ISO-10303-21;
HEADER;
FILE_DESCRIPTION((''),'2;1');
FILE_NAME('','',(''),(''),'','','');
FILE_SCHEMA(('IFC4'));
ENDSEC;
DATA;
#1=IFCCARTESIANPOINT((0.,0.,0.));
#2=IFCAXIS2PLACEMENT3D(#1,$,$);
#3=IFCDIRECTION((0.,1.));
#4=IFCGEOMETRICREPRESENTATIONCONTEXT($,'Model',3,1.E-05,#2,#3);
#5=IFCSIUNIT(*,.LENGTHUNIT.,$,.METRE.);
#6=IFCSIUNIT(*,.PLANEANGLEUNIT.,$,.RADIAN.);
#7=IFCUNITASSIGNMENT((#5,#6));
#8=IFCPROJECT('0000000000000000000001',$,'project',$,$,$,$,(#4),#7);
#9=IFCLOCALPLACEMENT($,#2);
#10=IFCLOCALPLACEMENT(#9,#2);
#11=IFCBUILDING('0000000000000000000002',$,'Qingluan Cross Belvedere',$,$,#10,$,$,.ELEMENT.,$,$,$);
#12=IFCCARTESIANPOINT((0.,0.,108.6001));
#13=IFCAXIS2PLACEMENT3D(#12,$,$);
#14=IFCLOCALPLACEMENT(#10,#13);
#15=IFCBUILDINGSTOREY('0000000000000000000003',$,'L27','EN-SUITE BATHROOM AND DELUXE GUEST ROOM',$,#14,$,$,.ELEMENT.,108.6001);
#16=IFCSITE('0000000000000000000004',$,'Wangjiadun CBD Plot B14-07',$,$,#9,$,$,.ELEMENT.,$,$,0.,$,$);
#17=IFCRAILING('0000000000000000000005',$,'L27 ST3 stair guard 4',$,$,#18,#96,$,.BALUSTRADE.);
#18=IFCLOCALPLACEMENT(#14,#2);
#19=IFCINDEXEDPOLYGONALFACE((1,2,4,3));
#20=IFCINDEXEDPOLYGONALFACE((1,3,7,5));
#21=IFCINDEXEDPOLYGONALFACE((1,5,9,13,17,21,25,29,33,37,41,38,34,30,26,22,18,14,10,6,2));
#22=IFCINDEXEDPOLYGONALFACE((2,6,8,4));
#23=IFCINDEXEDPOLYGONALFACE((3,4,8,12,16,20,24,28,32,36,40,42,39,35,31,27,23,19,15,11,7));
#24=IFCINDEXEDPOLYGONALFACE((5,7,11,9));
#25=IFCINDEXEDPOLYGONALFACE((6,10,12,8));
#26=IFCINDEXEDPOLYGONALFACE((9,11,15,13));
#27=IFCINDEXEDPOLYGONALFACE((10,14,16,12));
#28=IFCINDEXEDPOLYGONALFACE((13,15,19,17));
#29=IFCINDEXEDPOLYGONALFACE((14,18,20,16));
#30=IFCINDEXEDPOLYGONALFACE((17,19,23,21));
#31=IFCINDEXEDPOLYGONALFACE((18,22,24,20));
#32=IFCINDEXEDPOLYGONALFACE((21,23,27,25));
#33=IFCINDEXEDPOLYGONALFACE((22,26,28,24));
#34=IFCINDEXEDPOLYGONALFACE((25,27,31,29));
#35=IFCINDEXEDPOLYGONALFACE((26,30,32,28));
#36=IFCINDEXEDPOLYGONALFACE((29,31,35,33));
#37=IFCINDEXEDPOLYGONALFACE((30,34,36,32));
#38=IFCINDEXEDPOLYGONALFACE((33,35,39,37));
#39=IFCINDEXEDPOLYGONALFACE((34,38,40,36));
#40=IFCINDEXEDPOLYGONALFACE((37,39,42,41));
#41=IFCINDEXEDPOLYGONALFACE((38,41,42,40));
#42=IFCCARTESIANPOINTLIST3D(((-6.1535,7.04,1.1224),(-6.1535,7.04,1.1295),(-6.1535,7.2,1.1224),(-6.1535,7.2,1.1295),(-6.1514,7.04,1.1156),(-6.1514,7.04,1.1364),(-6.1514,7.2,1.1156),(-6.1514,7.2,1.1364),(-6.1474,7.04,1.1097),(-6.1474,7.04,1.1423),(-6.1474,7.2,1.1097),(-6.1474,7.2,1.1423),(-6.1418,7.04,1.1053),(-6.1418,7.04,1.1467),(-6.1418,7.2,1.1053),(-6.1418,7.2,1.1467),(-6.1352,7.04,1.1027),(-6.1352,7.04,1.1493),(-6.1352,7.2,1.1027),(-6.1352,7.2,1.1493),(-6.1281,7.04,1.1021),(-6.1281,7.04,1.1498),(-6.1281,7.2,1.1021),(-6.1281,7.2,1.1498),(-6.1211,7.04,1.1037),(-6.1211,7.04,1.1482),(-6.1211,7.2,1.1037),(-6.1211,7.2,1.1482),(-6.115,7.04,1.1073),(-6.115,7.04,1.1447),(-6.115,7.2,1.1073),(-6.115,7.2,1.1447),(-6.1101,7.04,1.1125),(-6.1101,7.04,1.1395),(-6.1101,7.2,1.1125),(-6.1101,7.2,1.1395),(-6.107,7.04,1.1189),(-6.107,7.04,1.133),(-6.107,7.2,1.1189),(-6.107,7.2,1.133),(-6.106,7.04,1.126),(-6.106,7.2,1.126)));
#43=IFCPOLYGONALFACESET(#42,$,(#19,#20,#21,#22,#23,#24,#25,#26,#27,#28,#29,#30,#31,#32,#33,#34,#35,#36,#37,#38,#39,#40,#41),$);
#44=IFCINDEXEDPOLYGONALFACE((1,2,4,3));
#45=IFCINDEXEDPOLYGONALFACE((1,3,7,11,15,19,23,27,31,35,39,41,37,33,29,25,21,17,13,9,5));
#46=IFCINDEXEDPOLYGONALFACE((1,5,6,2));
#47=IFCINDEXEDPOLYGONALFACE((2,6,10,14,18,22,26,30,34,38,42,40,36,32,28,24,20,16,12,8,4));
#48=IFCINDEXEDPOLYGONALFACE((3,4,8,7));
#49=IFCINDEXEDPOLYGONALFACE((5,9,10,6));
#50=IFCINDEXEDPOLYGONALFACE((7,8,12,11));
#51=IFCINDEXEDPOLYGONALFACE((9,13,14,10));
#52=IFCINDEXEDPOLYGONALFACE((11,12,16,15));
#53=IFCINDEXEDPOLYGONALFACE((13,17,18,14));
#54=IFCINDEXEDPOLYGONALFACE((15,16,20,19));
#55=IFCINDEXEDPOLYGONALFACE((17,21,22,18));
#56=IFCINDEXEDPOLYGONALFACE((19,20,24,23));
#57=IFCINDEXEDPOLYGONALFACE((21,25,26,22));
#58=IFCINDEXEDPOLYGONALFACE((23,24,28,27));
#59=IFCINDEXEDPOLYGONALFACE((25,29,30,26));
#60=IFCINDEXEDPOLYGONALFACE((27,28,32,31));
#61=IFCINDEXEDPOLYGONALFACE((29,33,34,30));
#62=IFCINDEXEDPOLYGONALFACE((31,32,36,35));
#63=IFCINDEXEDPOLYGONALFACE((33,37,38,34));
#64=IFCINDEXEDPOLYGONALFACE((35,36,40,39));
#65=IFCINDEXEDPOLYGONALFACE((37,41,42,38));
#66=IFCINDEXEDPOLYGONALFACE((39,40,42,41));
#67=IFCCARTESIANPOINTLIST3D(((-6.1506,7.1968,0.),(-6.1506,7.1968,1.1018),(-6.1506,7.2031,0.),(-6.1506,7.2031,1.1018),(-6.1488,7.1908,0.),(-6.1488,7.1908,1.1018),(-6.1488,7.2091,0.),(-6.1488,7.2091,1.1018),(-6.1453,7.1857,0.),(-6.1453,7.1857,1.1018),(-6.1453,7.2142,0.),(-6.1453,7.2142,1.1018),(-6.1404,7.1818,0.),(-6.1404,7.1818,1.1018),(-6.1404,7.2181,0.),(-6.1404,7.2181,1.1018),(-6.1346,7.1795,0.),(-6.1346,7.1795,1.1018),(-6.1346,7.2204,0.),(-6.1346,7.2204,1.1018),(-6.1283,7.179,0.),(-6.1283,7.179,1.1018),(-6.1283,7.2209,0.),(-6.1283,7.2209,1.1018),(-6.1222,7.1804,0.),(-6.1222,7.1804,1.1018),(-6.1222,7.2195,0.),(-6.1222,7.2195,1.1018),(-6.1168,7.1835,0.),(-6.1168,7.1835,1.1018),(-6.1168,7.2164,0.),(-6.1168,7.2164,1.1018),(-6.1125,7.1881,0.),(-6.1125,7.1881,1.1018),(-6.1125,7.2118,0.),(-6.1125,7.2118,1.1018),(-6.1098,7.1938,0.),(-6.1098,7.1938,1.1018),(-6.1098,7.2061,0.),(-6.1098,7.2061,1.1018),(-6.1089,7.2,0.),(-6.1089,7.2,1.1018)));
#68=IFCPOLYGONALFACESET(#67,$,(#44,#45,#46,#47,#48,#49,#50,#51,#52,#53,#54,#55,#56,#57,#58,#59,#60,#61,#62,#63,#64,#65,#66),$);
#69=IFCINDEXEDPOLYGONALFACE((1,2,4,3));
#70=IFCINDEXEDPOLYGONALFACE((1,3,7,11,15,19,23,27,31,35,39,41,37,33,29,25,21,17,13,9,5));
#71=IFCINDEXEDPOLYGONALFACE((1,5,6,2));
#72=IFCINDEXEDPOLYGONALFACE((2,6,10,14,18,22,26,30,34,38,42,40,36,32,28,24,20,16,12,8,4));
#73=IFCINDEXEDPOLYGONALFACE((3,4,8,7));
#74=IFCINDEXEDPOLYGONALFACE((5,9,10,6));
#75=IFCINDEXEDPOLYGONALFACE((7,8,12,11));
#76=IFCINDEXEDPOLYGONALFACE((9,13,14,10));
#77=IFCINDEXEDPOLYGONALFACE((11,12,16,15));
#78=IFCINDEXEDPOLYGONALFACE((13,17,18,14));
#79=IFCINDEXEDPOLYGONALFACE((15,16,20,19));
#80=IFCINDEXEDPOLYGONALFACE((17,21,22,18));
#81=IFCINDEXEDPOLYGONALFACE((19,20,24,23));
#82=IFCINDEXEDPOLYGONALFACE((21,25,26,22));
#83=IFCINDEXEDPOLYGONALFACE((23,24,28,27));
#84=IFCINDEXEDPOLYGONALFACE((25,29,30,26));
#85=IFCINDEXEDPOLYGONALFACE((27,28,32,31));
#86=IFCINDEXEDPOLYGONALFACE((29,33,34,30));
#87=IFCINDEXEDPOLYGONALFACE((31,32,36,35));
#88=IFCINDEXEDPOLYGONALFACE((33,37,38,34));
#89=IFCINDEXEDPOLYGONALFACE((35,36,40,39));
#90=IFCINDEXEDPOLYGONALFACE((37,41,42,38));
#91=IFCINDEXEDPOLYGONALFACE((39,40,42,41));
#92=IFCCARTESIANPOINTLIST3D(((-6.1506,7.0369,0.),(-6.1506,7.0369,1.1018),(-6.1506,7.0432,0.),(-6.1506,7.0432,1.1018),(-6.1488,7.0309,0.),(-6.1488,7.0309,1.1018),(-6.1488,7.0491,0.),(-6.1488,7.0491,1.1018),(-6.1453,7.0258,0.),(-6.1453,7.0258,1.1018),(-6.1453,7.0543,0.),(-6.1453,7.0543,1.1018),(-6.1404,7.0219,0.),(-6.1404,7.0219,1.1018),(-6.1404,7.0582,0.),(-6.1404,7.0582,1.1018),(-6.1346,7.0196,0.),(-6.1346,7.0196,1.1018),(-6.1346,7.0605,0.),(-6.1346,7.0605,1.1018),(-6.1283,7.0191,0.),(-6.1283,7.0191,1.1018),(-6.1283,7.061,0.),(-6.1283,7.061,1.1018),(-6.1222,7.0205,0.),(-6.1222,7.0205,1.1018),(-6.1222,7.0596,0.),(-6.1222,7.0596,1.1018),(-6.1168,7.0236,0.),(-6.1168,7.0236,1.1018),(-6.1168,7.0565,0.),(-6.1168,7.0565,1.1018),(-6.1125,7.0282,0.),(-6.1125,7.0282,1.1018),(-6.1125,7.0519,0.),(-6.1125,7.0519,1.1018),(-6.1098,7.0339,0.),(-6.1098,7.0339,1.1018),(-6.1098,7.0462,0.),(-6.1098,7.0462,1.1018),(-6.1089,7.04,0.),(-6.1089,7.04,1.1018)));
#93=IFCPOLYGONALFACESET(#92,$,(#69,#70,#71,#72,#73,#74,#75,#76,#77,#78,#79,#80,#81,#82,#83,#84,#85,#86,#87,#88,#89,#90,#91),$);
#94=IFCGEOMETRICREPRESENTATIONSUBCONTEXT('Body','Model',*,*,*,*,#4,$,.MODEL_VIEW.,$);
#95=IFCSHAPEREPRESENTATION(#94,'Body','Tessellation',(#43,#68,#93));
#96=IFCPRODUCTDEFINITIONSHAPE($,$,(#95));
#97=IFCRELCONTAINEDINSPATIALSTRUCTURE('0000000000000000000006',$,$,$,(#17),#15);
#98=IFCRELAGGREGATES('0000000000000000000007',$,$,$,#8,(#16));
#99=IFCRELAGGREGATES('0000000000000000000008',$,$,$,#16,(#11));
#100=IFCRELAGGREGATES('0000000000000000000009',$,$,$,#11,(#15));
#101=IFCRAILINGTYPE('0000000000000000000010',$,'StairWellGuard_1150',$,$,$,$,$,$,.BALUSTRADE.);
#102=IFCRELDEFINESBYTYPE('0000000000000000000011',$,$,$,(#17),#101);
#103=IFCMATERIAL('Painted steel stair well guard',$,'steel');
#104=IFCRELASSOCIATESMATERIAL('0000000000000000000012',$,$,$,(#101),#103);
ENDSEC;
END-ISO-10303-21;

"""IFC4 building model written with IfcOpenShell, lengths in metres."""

from ifc_helpers import new_model, si_unit, direction, frame, origin, origin_2d, place, context, subcontext, project, spatial, circle, extrude, material, type_object, element, save


model = new_model("IFC4")

# Units and contexts
model_context = context("Model", 3, precision=1e-05, world=origin(), true_north=direction((0.0, 1.0)))
body_context = subcontext(model_context, "Body", "Model", "MODEL_VIEW")
ifc_project = project(units=[si_unit("LENGTHUNIT", "METRE"), si_unit("PLANEANGLEUNIT", "RADIAN")], contexts=[model_context])

# Site, building, storey
site_placement = place(None, origin())
site = spatial("IfcSite", under=ifc_project, at=site_placement, Name="Wangjiadun CBD Plot B14-07", CompositionType="ELEMENT", RefElevation=0.0)
building_placement = place(site_placement, origin())
building = spatial("IfcBuilding", under=site, at=building_placement, Name="Qingluan Cross Belvedere", CompositionType="ELEMENT")
storey_placement = place(building_placement, frame((0.0, 0.0, 108.6001)))
storey = spatial("IfcBuildingStorey", under=building, at=storey_placement, Name="L27", Description="EN-SUITE BATHROOM AND DELUXE GUEST ROOM", CompositionType="ELEMENT", Elevation=108.6001)

# Railing
ifc_material_1 = material(Name="Painted steel stair well guard", Category="steel")
railing_type_1 = type_object("IfcRailingType", Name="StairWellGuard_1150", PredefinedType="BALUSTRADE", material=ifc_material_1)
railing_1_placement = place(storey_placement, frame((-6.1299, 7.2, 0.0)))
element("IfcRailing", 1, at=railing_1_placement, inside=storey, type_object=railing_type_1, Name="L27 ST3 stair guard 4", PredefinedType="BALUSTRADE", context=body_context, shape_type="SweptSolid", body=[
    extrude(circle(Radius=0.0239, at=origin_2d()), frame((0.0, 0.0, 1.126), z_axis=(0.0, -1.0, 0.0), x_axis=(1.0, 0.0, 0.0)), (0.0, 0.0, 1.0), 0.1599),
    extrude(circle(Radius=0.021, at=origin_2d()), origin(), (0.0, 0.0, 1.0), 1.1018),
    extrude(circle(Radius=0.021, at=origin_2d()), frame((0.0, -0.1599, 0.0)), (0.0, 0.0, 1.0), 1.1018),
])

save(model, "model.ifc")
